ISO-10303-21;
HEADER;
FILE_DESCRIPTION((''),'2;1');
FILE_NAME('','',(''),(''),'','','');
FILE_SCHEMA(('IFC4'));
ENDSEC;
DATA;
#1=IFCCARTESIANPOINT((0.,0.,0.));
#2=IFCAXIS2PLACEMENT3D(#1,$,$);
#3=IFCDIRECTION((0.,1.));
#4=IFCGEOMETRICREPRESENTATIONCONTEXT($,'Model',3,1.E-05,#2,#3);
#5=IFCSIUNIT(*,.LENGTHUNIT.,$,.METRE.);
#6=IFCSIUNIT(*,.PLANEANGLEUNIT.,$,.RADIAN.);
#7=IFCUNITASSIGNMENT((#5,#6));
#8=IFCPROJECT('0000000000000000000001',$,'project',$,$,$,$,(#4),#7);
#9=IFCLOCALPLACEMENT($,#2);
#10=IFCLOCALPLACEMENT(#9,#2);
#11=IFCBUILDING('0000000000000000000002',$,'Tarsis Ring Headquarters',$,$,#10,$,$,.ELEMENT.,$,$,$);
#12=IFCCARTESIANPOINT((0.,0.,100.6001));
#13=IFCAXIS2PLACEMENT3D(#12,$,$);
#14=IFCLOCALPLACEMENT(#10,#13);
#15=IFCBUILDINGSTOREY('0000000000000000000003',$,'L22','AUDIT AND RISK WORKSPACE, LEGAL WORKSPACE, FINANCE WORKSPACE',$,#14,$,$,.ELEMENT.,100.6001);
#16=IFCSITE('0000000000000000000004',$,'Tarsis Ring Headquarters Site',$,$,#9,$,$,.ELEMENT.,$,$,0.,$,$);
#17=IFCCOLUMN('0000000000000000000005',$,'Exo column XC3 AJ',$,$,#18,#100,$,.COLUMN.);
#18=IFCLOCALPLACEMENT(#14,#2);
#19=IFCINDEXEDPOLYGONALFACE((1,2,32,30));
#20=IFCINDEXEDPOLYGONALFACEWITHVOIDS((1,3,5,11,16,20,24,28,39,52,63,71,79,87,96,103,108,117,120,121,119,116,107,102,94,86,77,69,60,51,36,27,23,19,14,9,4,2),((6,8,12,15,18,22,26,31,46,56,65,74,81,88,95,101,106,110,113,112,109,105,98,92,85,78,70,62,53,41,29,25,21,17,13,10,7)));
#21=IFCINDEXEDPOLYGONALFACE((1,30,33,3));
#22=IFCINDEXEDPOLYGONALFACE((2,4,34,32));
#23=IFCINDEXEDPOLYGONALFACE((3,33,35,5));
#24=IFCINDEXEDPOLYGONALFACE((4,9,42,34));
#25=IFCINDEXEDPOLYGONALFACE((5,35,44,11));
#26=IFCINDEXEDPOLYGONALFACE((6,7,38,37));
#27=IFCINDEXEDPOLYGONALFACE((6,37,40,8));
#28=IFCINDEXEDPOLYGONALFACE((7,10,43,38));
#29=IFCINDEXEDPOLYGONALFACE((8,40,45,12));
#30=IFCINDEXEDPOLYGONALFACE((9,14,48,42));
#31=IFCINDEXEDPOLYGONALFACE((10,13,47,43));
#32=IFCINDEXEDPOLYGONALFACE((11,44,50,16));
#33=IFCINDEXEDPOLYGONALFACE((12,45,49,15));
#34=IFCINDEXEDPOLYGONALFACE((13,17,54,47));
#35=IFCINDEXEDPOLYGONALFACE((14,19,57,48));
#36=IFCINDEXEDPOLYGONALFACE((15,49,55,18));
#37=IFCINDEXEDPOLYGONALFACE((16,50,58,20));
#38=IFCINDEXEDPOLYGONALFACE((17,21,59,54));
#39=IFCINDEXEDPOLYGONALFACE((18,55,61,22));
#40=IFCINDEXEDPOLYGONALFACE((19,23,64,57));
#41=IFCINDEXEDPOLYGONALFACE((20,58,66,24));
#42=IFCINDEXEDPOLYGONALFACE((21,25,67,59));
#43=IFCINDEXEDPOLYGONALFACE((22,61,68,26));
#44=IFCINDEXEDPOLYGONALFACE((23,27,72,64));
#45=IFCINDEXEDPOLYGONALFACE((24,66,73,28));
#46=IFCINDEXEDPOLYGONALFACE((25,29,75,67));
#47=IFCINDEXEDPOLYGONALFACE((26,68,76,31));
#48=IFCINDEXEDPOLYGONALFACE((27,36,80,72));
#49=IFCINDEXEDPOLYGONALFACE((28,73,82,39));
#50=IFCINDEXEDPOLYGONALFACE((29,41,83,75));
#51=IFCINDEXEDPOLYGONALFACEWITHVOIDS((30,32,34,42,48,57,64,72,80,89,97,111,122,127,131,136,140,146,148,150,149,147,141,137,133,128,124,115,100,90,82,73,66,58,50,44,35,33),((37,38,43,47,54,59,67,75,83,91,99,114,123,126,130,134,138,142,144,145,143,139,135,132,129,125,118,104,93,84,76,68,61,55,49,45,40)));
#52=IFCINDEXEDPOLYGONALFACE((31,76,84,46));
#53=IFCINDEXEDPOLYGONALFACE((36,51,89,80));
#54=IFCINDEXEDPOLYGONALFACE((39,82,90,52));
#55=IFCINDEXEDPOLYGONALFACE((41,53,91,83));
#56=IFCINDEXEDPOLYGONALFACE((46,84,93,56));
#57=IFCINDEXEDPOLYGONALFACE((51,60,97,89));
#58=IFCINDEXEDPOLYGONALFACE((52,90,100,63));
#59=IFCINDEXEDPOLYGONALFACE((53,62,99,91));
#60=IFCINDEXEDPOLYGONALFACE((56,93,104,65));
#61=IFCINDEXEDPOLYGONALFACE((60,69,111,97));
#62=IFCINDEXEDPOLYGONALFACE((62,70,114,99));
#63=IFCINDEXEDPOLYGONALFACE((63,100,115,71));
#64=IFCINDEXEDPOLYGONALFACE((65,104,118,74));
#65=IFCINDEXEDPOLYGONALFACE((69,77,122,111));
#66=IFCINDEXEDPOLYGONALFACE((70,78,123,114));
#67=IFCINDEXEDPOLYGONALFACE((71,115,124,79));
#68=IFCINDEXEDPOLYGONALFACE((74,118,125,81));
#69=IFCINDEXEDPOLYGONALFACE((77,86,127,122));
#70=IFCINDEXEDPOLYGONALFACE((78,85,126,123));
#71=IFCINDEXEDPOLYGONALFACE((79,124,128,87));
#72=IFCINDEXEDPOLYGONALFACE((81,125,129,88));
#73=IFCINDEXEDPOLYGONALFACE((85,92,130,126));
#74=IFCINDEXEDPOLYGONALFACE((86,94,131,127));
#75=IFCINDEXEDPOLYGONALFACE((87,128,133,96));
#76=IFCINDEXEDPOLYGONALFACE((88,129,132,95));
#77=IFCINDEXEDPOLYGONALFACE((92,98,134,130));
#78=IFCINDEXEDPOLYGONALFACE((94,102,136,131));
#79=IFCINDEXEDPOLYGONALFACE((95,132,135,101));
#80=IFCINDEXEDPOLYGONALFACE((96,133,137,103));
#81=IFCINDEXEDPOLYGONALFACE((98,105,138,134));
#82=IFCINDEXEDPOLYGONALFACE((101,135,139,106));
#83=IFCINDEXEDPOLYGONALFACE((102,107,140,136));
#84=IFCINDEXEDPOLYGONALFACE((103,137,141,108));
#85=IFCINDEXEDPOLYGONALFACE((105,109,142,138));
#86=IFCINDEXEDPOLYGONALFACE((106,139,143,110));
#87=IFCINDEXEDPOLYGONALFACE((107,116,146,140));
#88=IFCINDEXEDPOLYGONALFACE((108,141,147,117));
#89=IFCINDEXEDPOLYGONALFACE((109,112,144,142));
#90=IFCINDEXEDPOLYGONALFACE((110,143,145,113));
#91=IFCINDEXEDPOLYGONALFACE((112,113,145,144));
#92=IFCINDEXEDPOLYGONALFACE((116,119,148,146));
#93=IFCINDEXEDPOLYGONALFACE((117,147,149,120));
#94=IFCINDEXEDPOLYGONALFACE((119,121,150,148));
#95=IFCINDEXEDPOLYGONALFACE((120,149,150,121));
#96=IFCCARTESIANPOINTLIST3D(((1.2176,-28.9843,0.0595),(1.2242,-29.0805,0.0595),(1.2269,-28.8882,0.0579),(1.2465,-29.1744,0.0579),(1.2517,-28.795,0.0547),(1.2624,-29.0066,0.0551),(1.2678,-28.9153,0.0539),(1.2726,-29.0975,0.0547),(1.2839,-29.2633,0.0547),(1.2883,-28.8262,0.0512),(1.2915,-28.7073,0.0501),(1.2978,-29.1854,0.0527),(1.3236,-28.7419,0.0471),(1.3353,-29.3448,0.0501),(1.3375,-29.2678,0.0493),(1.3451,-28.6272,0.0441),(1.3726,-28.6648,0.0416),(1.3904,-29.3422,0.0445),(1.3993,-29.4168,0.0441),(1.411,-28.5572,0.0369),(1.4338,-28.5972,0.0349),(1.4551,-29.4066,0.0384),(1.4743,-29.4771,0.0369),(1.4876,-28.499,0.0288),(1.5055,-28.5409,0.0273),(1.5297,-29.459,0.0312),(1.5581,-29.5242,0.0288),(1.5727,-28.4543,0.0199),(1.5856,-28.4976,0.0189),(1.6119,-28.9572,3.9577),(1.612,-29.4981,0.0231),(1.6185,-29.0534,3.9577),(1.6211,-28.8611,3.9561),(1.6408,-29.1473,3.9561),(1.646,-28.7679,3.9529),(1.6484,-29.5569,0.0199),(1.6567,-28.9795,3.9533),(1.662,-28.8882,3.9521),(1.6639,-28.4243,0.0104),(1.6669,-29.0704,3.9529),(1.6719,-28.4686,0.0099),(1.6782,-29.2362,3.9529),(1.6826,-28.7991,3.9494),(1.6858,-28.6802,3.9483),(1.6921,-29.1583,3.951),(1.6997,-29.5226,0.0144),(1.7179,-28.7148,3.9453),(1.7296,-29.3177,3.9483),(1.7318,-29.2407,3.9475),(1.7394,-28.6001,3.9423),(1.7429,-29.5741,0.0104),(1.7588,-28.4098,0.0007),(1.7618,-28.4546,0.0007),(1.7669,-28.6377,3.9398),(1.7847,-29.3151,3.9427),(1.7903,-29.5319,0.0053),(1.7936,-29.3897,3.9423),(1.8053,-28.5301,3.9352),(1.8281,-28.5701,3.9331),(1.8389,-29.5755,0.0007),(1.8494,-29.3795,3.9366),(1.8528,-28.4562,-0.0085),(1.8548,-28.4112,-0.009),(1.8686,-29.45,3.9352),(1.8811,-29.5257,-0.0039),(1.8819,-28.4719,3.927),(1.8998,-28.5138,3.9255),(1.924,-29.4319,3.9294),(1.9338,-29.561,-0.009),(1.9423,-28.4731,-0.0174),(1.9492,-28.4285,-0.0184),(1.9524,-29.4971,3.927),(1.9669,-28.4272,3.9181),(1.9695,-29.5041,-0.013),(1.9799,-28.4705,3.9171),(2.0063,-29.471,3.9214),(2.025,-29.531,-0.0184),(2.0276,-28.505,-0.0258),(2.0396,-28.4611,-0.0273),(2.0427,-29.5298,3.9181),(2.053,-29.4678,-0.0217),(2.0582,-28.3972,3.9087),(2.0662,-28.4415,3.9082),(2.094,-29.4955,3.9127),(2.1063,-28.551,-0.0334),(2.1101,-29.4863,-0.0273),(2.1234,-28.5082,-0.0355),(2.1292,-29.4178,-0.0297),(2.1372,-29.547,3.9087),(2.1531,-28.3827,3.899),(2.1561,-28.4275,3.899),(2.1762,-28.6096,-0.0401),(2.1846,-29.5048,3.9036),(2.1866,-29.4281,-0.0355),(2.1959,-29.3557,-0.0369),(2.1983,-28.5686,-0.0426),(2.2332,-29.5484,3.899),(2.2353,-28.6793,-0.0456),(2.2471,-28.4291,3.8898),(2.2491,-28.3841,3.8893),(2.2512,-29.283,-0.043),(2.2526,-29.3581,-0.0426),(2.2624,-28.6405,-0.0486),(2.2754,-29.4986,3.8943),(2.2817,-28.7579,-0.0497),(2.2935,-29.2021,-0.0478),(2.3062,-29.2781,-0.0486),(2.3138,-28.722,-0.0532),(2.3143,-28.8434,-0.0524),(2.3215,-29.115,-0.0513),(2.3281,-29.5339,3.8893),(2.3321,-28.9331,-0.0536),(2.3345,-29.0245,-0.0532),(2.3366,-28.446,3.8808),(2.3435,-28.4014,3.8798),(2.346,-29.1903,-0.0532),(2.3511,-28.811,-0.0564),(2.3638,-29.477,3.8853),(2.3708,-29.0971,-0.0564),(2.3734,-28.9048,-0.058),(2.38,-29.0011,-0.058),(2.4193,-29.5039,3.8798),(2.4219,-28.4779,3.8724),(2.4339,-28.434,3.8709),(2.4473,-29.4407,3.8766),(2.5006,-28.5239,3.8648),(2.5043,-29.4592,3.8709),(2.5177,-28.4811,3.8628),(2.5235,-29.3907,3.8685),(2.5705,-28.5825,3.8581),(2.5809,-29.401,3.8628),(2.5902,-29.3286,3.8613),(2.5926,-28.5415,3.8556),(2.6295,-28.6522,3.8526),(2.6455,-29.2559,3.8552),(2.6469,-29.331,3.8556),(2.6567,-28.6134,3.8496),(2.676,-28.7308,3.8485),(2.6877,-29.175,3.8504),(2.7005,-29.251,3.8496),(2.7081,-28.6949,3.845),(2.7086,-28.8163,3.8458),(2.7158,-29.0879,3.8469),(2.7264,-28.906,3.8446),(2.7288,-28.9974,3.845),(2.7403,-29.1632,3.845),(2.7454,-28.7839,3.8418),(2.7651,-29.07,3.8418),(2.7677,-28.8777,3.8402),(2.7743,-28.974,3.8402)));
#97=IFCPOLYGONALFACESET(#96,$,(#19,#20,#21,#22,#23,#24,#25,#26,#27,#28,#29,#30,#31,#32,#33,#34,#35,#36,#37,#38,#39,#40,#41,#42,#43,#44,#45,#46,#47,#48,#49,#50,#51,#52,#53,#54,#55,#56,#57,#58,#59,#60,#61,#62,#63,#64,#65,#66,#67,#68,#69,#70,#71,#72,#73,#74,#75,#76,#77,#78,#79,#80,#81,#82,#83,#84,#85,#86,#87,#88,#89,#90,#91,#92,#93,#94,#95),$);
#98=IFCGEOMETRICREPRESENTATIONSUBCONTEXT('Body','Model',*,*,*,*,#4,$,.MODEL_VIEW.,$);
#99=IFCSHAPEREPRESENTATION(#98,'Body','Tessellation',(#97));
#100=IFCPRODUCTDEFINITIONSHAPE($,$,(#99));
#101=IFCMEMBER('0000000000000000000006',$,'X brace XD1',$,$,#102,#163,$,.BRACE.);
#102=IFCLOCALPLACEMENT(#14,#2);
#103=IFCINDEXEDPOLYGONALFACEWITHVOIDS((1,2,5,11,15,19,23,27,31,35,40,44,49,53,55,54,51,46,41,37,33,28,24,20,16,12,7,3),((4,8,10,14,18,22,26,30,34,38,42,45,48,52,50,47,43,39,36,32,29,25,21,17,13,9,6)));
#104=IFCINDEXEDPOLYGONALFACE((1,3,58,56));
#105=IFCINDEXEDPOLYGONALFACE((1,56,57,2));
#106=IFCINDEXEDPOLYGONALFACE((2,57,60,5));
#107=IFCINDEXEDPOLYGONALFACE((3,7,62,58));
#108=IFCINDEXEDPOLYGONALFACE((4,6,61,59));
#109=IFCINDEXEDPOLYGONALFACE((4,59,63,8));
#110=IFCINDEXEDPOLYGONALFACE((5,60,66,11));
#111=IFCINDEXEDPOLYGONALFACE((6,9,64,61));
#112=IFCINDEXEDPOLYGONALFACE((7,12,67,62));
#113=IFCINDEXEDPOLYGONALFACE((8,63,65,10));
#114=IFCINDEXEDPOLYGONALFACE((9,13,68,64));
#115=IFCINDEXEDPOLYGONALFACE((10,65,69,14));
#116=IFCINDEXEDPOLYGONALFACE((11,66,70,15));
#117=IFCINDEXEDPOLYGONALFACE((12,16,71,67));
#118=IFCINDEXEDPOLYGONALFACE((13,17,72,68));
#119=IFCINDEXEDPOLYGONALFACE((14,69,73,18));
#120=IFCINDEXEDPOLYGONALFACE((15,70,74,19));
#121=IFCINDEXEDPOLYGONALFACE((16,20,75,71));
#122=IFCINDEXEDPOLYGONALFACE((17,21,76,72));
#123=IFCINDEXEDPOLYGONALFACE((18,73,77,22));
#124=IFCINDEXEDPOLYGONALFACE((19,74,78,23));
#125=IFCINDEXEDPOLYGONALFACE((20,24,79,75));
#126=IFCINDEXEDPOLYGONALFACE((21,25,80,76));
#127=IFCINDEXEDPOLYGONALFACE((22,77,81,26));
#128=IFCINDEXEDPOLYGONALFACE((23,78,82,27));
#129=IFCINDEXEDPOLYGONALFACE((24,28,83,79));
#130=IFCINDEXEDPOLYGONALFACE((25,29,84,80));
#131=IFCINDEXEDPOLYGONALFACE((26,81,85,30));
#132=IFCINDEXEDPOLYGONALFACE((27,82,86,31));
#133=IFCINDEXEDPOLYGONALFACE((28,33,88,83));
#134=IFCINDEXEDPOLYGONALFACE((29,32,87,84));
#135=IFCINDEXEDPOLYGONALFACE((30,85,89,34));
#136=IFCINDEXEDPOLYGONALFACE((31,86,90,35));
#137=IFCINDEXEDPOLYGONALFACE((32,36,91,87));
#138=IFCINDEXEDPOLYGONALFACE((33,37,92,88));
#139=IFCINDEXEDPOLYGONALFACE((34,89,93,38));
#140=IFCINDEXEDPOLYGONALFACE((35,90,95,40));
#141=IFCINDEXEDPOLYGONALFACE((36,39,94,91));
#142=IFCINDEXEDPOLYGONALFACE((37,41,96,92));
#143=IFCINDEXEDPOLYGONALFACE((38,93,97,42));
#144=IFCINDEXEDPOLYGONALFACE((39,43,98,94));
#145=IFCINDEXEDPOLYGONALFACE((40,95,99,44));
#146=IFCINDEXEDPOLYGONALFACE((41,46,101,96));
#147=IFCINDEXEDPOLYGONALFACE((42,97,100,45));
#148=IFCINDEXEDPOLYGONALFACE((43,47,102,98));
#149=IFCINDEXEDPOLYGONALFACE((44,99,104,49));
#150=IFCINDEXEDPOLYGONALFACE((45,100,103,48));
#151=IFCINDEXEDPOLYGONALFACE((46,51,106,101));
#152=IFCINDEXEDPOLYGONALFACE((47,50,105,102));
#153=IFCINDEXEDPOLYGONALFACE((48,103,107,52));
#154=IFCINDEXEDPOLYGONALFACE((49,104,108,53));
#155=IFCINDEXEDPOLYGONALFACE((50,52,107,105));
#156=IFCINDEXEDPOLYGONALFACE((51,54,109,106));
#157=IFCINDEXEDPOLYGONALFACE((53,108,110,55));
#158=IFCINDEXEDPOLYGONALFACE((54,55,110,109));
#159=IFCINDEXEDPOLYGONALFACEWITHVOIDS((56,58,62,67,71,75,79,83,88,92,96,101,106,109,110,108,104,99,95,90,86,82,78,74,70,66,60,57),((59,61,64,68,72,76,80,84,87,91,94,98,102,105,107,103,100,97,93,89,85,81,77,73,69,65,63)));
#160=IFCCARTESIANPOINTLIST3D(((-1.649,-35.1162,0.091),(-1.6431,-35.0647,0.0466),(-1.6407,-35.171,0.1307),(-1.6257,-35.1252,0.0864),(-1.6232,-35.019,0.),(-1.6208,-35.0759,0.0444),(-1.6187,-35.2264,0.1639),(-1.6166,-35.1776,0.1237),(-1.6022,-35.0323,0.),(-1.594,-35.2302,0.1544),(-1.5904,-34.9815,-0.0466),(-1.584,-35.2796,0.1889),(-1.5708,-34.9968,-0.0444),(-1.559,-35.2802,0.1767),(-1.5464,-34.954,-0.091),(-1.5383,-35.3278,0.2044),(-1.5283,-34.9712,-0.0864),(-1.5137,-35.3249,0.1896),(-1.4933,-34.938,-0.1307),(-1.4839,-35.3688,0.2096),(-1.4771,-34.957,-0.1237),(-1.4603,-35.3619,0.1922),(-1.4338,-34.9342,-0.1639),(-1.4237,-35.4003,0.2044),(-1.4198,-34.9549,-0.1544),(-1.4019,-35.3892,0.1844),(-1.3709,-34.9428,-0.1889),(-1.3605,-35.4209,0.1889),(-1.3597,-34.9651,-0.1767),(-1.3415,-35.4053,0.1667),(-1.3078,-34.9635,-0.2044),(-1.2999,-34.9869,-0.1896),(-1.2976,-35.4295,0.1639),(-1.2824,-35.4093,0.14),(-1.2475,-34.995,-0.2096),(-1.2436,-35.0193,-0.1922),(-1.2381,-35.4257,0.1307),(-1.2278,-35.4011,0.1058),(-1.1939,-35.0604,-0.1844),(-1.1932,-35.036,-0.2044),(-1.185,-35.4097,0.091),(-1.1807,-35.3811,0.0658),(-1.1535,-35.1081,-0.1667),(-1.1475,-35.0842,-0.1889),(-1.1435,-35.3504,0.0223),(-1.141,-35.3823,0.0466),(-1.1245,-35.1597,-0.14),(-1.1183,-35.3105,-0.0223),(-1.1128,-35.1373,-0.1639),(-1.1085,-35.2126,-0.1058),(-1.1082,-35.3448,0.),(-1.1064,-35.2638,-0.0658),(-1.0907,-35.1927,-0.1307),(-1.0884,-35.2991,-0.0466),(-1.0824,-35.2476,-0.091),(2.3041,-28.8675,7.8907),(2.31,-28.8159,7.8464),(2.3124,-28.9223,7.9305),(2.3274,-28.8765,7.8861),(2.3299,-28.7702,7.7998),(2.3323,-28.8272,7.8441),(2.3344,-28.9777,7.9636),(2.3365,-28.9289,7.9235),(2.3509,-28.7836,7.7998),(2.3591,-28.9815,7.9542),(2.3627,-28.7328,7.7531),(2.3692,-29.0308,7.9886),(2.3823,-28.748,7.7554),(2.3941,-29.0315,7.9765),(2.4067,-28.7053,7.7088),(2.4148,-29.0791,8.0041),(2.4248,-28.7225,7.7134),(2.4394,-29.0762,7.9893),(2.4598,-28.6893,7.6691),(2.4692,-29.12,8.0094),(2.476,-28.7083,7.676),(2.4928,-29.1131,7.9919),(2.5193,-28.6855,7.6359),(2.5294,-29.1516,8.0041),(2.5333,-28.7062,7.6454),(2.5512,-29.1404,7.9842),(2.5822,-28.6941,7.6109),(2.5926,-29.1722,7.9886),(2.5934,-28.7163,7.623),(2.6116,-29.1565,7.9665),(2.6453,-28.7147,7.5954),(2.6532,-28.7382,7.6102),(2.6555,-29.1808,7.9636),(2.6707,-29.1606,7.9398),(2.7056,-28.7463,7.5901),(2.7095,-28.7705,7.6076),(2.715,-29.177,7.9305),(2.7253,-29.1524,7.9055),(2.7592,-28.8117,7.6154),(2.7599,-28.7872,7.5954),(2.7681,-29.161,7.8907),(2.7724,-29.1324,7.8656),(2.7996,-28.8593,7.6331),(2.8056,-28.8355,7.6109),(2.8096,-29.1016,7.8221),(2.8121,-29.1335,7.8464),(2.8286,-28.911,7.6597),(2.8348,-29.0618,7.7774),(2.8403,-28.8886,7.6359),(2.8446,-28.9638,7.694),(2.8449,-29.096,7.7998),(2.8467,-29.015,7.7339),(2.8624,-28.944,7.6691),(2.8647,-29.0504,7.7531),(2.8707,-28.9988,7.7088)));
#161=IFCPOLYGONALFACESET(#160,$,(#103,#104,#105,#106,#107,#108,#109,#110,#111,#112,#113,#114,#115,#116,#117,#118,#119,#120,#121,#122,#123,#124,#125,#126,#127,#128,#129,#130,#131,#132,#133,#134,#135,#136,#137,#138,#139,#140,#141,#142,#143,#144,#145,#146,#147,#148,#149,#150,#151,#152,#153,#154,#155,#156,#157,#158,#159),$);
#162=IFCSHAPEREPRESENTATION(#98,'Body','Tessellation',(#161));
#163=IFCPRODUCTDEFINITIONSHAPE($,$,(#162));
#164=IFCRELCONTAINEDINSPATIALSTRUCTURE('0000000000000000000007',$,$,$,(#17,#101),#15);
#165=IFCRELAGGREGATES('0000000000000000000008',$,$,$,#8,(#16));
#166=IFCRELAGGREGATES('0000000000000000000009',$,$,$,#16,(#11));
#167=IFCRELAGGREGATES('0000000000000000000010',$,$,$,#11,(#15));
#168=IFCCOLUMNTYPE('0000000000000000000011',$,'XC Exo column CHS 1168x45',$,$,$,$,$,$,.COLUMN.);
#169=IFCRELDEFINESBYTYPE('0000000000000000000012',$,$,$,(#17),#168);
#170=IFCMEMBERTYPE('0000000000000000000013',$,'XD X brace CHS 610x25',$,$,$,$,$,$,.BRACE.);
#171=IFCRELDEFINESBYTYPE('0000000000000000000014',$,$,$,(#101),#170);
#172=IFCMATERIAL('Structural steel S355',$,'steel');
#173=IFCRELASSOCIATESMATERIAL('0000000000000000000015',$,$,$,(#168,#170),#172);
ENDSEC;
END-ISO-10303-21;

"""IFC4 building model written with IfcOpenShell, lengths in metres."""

from ifc_helpers import new_model, si_unit, direction, frame, origin, origin_2d, place, context, subcontext, project, spatial, hollow_circle, extrude, material, material_profile, profile_set, type_object, element, save


model = new_model("IFC4")

# Units and contexts
model_context = context("Model", 3, precision=1e-05, world=origin(), true_north=direction((0.0, 1.0)))
body_context = subcontext(model_context, "Body", "Model", "MODEL_VIEW")
ifc_project = project(units=[si_unit("LENGTHUNIT", "METRE"), si_unit("PLANEANGLEUNIT", "RADIAN")], contexts=[model_context])

# Site, building, storey
site_placement = place(None, origin())
site = spatial("IfcSite", under=ifc_project, at=site_placement, Name="Tarsis Ring Headquarters Site", CompositionType="ELEMENT", RefElevation=0.0)
building_placement = place(site_placement, origin())
building = spatial("IfcBuilding", under=site, at=building_placement, Name="Tarsis Ring Headquarters", CompositionType="ELEMENT")
storey_placement = place(building_placement, frame((0.0, 0.0, 100.6001)))
storey = spatial("IfcBuildingStorey", under=building, at=storey_placement, Name="L22", Description="AUDIT AND RISK WORKSPACE, LEGAL WORKSPACE, FINANCE WORKSPACE", CompositionType="ELEMENT", Elevation=100.6001)

# Column
ifc_material_1 = material(Name="Structural steel S355", Category="steel")
ifc_material_profile_1 = material_profile(ifc_material_1, hollow_circle(Radius=0.5842, WallThickness=0.0449, at=origin_2d()), Name="CHS 1168x45")
ifc_profile_set_1 = profile_set([ifc_material_profile_1], Name="Structural steel S355")
column_type = type_object("IfcColumnType", Name="XC Exo column CHS 1168x45", PredefinedType="COLUMN", material=ifc_profile_set_1)
column_1_placement = place(storey_placement, frame((1.7988, -28.9927, 0.0007), z_axis=(0.10063, 0.006916, 0.9949), x_axis=(-0.068569, 0.997646, 0.0)))
element("IfcColumn", 1, at=column_1_placement, inside=storey, type_object=column_type, Name="Exo column XC3 AJ", PredefinedType="COLUMN", context=body_context, shape_type="SweptSolid", body=[
    extrude(hollow_circle(Radius=0.5842, WallThickness=0.0449, at=origin_2d()), origin(), (0.0, 0.0, 1.0), 3.9182),
])

# Member
ifc_material_profile_2 = material_profile(ifc_material_1, hollow_circle(Radius=0.3047, WallThickness=0.0249, at=origin_2d()), Name="CHS 610x25")
ifc_profile_set_2 = profile_set([ifc_material_profile_2], Name="Structural steel S355")
member_type = type_object("IfcMemberType", Name="XD X brace CHS 610x25", PredefinedType="BRACE", material=ifc_profile_set_2)
member_1_placement = place(storey_placement, frame((-1.3657, -35.1819, 0.0), z_axis=(0.367814, 0.58141, 0.725724), x_axis=(-0.84509, 0.534624, 0.0)))
element("IfcMember", 2, at=member_1_placement, inside=storey, type_object=member_type, Name="X brace XD1", PredefinedType="BRACE", context=body_context, shape_type="SweptSolid", body=[
    extrude(hollow_circle(Radius=0.3047, WallThickness=0.0249, at=origin_2d()), origin(), (0.0, 0.0, 1.0), 10.7476),
])

save(model, "model.ifc")
